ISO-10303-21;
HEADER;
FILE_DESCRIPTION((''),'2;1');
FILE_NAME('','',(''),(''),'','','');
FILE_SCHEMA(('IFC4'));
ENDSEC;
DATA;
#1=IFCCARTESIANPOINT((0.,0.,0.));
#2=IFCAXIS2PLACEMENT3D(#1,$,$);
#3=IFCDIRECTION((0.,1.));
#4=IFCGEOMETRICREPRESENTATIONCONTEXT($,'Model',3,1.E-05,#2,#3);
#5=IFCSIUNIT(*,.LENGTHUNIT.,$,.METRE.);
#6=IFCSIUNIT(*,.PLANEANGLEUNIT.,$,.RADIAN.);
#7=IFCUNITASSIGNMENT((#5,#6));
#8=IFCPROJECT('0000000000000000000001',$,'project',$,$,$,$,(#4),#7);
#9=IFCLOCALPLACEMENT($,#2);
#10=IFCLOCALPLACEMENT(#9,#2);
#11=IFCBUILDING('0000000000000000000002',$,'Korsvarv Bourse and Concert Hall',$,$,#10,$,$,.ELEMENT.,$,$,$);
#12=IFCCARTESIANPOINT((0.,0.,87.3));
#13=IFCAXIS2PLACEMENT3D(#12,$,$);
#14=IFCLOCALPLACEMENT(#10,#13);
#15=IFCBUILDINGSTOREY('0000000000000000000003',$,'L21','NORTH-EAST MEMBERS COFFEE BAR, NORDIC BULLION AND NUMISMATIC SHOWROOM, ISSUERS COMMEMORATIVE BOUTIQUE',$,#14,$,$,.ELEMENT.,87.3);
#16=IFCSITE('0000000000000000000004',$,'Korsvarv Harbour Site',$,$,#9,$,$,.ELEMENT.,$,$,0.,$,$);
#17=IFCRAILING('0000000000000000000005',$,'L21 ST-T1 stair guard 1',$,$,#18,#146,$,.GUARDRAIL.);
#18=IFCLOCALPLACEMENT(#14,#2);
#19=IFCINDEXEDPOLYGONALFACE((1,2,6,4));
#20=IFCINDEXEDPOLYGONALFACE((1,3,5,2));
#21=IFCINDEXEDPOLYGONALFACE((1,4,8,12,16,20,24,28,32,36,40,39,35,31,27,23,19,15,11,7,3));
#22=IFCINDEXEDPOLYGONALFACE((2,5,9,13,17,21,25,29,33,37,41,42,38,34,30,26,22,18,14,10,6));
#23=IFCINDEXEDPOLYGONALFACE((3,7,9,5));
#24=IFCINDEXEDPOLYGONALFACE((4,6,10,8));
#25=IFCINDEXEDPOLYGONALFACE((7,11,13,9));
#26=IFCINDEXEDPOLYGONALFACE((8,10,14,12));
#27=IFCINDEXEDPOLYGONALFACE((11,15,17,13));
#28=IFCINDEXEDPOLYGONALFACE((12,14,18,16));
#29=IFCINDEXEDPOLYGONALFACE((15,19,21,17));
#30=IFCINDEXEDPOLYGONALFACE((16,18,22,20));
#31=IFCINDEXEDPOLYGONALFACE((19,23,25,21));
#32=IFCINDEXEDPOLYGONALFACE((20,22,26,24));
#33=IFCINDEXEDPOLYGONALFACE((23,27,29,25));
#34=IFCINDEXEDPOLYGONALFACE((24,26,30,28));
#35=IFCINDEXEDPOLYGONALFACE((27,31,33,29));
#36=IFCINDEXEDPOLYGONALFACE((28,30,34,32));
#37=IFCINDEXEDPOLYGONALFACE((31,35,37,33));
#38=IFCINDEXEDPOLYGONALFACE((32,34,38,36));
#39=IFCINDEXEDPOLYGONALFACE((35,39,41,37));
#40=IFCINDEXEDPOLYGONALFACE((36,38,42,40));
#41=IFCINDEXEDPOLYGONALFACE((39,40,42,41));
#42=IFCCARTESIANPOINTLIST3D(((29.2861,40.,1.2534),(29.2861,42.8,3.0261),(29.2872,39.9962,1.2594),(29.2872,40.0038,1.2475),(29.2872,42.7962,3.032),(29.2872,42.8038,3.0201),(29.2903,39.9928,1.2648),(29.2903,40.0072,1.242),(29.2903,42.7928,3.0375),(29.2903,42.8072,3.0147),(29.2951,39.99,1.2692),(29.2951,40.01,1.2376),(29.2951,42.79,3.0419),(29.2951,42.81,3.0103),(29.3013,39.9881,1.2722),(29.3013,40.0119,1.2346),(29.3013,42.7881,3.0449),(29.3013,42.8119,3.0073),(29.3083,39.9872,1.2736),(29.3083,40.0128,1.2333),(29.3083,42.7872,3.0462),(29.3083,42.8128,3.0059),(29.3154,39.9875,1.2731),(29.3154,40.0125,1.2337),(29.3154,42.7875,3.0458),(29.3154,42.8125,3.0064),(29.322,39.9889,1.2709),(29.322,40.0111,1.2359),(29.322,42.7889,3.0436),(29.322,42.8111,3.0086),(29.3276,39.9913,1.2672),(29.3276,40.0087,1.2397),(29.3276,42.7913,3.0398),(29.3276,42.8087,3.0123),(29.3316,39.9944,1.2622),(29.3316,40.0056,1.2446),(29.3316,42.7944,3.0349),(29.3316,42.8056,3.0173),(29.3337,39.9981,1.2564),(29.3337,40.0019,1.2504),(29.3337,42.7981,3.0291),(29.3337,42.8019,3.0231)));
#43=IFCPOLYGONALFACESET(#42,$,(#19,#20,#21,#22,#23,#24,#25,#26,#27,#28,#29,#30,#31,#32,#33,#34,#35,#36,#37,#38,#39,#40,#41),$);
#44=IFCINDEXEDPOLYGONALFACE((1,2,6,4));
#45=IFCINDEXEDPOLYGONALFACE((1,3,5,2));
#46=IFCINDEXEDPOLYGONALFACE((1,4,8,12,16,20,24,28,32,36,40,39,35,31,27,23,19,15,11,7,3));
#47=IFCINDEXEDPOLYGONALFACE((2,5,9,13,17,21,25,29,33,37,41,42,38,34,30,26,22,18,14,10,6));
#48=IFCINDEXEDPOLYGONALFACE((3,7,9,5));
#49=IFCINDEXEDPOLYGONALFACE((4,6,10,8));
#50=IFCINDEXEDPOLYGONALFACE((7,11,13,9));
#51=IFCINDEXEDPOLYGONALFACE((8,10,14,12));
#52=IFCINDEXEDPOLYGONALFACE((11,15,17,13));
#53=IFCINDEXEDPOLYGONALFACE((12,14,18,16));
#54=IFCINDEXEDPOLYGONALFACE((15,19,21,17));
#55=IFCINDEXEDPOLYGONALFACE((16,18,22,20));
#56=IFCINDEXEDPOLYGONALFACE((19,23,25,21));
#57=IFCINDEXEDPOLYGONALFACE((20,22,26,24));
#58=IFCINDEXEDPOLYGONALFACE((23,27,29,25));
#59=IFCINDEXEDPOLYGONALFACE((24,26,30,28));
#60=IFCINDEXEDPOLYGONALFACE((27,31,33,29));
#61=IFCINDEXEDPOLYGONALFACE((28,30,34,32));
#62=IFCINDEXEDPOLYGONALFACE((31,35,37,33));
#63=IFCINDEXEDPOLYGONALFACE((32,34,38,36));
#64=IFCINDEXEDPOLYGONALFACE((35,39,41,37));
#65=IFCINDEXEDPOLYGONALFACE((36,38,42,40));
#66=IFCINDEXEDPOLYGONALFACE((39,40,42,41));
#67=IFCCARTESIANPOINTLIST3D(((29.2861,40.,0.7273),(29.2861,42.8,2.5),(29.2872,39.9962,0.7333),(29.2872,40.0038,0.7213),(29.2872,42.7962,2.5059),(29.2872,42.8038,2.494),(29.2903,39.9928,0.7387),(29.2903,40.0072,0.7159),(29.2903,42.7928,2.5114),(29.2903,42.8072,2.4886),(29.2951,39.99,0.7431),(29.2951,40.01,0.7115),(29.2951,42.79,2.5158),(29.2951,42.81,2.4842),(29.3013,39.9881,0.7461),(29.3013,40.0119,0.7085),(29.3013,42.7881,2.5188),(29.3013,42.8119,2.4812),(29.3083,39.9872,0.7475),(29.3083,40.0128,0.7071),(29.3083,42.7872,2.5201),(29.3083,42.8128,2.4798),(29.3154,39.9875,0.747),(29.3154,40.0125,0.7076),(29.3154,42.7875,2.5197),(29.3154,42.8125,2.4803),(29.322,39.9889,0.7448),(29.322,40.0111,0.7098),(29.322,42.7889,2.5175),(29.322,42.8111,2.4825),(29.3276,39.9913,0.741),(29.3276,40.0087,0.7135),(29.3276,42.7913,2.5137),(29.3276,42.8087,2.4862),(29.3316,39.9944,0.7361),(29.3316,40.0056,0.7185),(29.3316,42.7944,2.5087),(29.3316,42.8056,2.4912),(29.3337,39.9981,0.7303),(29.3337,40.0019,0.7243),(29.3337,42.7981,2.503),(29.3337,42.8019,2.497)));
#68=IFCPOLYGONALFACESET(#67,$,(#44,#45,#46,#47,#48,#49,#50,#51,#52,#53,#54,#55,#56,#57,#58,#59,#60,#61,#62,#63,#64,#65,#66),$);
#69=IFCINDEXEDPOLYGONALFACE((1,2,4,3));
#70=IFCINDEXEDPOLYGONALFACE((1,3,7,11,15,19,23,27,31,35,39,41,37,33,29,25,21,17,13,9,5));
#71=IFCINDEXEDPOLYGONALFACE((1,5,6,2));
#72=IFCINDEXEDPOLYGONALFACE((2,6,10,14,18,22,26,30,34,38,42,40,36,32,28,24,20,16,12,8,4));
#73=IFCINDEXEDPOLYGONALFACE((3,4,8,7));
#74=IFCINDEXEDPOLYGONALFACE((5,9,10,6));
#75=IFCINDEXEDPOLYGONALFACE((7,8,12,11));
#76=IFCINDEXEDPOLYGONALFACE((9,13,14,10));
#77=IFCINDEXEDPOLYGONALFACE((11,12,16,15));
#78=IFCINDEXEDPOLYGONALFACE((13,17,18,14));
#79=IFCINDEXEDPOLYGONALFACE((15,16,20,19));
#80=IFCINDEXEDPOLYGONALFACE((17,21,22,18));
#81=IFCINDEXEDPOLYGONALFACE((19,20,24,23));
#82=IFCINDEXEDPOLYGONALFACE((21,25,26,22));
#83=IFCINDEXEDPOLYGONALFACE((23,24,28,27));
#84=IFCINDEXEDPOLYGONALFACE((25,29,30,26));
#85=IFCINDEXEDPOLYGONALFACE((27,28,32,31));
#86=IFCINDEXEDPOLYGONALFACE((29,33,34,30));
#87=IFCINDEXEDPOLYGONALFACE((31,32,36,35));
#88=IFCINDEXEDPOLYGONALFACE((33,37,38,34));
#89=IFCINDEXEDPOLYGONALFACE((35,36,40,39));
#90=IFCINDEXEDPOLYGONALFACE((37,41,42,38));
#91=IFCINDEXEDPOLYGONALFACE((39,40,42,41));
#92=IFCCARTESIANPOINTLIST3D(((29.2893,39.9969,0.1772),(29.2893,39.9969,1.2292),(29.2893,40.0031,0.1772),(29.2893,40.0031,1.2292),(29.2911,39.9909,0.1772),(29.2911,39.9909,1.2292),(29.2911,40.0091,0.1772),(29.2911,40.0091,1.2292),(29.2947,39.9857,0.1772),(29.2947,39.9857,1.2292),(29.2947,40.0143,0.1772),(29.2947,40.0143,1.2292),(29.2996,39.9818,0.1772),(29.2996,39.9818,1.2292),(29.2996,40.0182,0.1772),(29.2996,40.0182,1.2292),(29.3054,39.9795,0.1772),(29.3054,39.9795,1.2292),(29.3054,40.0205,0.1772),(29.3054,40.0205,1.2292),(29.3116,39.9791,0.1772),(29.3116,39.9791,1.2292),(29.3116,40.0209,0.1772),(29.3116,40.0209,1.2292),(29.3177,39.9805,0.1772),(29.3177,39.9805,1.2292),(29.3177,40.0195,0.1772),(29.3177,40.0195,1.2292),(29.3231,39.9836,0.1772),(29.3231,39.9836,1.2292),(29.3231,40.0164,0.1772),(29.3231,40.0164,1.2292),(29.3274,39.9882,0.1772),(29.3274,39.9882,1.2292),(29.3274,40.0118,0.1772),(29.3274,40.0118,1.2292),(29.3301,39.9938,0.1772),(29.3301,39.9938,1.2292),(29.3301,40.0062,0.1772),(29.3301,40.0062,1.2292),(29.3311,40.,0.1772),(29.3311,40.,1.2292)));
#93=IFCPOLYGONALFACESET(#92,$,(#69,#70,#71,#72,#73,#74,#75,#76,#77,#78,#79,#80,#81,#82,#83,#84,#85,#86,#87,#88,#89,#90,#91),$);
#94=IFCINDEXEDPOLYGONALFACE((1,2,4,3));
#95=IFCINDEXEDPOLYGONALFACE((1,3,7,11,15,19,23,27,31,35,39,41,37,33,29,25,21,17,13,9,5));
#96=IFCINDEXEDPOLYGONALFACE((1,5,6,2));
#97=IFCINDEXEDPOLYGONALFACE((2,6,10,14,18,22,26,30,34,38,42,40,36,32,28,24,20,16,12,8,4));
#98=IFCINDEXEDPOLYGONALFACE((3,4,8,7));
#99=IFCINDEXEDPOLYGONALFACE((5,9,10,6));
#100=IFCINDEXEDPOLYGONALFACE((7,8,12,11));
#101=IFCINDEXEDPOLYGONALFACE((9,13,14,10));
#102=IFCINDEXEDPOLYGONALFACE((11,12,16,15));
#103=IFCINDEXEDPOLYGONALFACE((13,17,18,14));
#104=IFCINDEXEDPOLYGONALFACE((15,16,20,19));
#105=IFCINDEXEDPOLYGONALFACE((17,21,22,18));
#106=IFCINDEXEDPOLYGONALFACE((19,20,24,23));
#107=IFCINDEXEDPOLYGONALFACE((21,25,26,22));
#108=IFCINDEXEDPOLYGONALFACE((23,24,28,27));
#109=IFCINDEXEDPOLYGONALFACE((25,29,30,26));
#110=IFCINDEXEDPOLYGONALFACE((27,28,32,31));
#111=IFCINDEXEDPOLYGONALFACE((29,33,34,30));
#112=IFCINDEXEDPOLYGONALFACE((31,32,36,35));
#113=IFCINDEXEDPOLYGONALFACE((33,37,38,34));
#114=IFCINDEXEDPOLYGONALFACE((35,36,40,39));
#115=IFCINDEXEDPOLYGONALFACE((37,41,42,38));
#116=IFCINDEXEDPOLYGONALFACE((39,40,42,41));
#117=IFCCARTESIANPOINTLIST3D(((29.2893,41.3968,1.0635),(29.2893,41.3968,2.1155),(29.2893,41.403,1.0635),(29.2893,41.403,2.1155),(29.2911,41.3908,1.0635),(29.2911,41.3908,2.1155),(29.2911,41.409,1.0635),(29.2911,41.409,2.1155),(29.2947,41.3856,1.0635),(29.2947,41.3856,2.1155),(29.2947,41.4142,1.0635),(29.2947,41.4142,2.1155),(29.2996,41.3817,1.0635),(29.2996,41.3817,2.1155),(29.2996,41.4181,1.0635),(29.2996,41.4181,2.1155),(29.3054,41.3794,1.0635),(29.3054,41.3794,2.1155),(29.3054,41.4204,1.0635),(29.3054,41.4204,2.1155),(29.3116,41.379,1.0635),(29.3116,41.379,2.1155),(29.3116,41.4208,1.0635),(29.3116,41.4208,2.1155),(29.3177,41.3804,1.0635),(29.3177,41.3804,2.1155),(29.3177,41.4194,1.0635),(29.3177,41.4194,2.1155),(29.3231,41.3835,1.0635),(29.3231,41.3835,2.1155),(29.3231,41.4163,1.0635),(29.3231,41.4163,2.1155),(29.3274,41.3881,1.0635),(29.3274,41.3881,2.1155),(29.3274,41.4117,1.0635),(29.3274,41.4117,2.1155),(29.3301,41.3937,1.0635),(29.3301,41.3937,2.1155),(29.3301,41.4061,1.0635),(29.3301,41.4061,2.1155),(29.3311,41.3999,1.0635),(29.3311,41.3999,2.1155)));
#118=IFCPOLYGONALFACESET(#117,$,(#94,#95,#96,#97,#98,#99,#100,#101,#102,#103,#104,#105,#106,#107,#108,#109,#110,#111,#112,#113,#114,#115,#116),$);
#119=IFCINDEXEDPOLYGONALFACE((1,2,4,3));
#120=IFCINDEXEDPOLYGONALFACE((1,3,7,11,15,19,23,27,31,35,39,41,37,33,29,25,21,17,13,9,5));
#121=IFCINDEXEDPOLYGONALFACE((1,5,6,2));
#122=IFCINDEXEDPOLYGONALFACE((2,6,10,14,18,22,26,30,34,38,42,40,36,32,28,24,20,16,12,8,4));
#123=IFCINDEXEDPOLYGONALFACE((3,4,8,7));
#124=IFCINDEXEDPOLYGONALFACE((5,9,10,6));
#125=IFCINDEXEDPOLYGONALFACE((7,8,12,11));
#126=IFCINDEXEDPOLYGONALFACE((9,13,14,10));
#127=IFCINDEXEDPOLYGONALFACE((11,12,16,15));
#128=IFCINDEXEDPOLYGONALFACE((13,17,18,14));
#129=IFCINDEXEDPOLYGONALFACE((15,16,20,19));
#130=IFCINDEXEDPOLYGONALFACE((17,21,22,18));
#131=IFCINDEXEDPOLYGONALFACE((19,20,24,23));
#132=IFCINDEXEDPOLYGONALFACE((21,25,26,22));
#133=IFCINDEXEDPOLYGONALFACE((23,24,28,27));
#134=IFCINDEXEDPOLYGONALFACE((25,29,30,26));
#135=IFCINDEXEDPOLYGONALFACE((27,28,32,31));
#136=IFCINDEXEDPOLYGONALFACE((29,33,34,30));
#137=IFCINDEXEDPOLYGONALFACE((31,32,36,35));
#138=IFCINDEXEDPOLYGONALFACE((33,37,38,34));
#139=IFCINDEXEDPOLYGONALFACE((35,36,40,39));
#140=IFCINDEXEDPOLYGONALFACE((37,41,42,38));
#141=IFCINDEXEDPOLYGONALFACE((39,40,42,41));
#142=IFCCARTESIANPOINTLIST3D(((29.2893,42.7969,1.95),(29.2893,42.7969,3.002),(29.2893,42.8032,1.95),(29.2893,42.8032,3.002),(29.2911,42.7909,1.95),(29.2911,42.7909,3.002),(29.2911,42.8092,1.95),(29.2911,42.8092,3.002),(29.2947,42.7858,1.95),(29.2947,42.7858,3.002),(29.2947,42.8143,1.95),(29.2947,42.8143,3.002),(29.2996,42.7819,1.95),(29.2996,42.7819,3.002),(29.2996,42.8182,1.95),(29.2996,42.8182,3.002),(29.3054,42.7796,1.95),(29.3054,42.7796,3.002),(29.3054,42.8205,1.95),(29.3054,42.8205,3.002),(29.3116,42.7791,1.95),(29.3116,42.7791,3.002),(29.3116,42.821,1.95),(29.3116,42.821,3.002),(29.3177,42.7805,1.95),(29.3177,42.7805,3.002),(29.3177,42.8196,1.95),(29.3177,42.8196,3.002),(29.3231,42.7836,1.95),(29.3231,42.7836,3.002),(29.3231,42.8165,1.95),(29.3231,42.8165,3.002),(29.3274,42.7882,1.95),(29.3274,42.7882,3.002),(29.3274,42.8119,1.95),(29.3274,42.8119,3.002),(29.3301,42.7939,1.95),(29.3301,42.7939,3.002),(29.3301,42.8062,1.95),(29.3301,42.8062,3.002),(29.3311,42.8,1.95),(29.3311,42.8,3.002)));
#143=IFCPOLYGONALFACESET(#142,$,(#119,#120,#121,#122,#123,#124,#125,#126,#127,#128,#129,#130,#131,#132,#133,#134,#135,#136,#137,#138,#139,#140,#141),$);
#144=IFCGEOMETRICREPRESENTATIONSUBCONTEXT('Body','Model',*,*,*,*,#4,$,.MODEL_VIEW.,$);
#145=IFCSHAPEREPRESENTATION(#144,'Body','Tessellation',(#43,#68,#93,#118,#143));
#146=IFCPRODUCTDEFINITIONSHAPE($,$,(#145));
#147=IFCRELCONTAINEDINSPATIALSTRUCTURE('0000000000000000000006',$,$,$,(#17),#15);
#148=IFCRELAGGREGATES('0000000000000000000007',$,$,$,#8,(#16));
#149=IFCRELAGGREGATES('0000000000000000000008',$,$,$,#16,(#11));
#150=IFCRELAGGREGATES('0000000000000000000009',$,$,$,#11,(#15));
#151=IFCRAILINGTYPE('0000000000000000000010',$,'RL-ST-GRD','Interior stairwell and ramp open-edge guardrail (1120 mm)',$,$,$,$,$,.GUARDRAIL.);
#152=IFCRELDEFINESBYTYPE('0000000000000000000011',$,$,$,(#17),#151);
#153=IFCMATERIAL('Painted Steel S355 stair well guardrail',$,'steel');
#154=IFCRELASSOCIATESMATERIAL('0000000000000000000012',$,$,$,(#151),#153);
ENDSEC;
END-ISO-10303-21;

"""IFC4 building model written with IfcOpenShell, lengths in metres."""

from ifc_helpers import new_model, si_unit, direction, frame, origin, origin_2d, place, context, subcontext, project, spatial, circle, extrude, material, type_object, element, save


model = new_model("IFC4")

# Units and contexts
model_context = context("Model", 3, precision=1e-05, world=origin(), true_north=direction((0.0, 1.0)))
body_context = subcontext(model_context, "Body", "Model", "MODEL_VIEW")
ifc_project = project(units=[si_unit("LENGTHUNIT", "METRE"), si_unit("PLANEANGLEUNIT", "RADIAN")], contexts=[model_context])

# Site, building, storey
site_placement = place(None, origin())
site = spatial("IfcSite", under=ifc_project, at=site_placement, Name="Korsvarv Harbour Site", CompositionType="ELEMENT", RefElevation=0.0)
building_placement = place(site_placement, origin())
building = spatial("IfcBuilding", under=site, at=building_placement, Name="Korsvarv Bourse and Concert Hall", CompositionType="ELEMENT")
storey_placement = place(building_placement, frame((0.0, 0.0, 87.3)))
storey = spatial("IfcBuildingStorey", under=building, at=storey_placement, Name="L21", Description="NORTH-EAST MEMBERS COFFEE BAR, NORDIC BULLION AND NUMISMATIC SHOWROOM, ISSUERS COMMEMORATIVE BOUTIQUE", CompositionType="ELEMENT", Elevation=87.3)

# Railing
ifc_material_1 = material(Name="Painted Steel S355 stair well guardrail", Category="steel")
railing_type_1 = type_object("IfcRailingType", Name="RL-ST-GRD", Description="Interior stairwell and ramp open-edge guardrail (1120 mm)", PredefinedType="GUARDRAIL", material=ifc_material_1)
railing_1_placement = place(storey_placement, frame((29.3101, 40.0, 0.1772)))
element("IfcRailing", 1, at=railing_1_placement, inside=storey, type_object=railing_type_1, Name="L21 ST-T1 stair guard 1", PredefinedType="GUARDRAIL", context=body_context, shape_type="SweptSolid", body=[
    extrude(circle(Radius=0.0239, at=origin_2d()), frame((0.0, 0.0, 1.0762), z_axis=(0.0, 0.844909, 0.53491), x_axis=(-1.0, 0.0, 0.0)), (0.0, 0.0, 1.0), 3.314),
    extrude(circle(Radius=0.0239, at=origin_2d()), frame((0.0, 0.0, 0.55), z_axis=(0.0, 0.844909, 0.53491), x_axis=(-1.0, 0.0, 0.0)), (0.0, 0.0, 1.0), 3.314),
    extrude(circle(Radius=0.021, at=origin_2d()), origin(), (0.0, 0.0, 1.0), 1.052),
    extrude(circle(Radius=0.021, at=origin_2d()), frame((0.0, 1.3999, 0.8862)), (0.0, 0.0, 1.0), 1.052),
    extrude(circle(Radius=0.021, at=origin_2d()), frame((0.0, 2.8, 1.7727)), (0.0, 0.0, 1.0), 1.052),
])

save(model, "model.ifc")
